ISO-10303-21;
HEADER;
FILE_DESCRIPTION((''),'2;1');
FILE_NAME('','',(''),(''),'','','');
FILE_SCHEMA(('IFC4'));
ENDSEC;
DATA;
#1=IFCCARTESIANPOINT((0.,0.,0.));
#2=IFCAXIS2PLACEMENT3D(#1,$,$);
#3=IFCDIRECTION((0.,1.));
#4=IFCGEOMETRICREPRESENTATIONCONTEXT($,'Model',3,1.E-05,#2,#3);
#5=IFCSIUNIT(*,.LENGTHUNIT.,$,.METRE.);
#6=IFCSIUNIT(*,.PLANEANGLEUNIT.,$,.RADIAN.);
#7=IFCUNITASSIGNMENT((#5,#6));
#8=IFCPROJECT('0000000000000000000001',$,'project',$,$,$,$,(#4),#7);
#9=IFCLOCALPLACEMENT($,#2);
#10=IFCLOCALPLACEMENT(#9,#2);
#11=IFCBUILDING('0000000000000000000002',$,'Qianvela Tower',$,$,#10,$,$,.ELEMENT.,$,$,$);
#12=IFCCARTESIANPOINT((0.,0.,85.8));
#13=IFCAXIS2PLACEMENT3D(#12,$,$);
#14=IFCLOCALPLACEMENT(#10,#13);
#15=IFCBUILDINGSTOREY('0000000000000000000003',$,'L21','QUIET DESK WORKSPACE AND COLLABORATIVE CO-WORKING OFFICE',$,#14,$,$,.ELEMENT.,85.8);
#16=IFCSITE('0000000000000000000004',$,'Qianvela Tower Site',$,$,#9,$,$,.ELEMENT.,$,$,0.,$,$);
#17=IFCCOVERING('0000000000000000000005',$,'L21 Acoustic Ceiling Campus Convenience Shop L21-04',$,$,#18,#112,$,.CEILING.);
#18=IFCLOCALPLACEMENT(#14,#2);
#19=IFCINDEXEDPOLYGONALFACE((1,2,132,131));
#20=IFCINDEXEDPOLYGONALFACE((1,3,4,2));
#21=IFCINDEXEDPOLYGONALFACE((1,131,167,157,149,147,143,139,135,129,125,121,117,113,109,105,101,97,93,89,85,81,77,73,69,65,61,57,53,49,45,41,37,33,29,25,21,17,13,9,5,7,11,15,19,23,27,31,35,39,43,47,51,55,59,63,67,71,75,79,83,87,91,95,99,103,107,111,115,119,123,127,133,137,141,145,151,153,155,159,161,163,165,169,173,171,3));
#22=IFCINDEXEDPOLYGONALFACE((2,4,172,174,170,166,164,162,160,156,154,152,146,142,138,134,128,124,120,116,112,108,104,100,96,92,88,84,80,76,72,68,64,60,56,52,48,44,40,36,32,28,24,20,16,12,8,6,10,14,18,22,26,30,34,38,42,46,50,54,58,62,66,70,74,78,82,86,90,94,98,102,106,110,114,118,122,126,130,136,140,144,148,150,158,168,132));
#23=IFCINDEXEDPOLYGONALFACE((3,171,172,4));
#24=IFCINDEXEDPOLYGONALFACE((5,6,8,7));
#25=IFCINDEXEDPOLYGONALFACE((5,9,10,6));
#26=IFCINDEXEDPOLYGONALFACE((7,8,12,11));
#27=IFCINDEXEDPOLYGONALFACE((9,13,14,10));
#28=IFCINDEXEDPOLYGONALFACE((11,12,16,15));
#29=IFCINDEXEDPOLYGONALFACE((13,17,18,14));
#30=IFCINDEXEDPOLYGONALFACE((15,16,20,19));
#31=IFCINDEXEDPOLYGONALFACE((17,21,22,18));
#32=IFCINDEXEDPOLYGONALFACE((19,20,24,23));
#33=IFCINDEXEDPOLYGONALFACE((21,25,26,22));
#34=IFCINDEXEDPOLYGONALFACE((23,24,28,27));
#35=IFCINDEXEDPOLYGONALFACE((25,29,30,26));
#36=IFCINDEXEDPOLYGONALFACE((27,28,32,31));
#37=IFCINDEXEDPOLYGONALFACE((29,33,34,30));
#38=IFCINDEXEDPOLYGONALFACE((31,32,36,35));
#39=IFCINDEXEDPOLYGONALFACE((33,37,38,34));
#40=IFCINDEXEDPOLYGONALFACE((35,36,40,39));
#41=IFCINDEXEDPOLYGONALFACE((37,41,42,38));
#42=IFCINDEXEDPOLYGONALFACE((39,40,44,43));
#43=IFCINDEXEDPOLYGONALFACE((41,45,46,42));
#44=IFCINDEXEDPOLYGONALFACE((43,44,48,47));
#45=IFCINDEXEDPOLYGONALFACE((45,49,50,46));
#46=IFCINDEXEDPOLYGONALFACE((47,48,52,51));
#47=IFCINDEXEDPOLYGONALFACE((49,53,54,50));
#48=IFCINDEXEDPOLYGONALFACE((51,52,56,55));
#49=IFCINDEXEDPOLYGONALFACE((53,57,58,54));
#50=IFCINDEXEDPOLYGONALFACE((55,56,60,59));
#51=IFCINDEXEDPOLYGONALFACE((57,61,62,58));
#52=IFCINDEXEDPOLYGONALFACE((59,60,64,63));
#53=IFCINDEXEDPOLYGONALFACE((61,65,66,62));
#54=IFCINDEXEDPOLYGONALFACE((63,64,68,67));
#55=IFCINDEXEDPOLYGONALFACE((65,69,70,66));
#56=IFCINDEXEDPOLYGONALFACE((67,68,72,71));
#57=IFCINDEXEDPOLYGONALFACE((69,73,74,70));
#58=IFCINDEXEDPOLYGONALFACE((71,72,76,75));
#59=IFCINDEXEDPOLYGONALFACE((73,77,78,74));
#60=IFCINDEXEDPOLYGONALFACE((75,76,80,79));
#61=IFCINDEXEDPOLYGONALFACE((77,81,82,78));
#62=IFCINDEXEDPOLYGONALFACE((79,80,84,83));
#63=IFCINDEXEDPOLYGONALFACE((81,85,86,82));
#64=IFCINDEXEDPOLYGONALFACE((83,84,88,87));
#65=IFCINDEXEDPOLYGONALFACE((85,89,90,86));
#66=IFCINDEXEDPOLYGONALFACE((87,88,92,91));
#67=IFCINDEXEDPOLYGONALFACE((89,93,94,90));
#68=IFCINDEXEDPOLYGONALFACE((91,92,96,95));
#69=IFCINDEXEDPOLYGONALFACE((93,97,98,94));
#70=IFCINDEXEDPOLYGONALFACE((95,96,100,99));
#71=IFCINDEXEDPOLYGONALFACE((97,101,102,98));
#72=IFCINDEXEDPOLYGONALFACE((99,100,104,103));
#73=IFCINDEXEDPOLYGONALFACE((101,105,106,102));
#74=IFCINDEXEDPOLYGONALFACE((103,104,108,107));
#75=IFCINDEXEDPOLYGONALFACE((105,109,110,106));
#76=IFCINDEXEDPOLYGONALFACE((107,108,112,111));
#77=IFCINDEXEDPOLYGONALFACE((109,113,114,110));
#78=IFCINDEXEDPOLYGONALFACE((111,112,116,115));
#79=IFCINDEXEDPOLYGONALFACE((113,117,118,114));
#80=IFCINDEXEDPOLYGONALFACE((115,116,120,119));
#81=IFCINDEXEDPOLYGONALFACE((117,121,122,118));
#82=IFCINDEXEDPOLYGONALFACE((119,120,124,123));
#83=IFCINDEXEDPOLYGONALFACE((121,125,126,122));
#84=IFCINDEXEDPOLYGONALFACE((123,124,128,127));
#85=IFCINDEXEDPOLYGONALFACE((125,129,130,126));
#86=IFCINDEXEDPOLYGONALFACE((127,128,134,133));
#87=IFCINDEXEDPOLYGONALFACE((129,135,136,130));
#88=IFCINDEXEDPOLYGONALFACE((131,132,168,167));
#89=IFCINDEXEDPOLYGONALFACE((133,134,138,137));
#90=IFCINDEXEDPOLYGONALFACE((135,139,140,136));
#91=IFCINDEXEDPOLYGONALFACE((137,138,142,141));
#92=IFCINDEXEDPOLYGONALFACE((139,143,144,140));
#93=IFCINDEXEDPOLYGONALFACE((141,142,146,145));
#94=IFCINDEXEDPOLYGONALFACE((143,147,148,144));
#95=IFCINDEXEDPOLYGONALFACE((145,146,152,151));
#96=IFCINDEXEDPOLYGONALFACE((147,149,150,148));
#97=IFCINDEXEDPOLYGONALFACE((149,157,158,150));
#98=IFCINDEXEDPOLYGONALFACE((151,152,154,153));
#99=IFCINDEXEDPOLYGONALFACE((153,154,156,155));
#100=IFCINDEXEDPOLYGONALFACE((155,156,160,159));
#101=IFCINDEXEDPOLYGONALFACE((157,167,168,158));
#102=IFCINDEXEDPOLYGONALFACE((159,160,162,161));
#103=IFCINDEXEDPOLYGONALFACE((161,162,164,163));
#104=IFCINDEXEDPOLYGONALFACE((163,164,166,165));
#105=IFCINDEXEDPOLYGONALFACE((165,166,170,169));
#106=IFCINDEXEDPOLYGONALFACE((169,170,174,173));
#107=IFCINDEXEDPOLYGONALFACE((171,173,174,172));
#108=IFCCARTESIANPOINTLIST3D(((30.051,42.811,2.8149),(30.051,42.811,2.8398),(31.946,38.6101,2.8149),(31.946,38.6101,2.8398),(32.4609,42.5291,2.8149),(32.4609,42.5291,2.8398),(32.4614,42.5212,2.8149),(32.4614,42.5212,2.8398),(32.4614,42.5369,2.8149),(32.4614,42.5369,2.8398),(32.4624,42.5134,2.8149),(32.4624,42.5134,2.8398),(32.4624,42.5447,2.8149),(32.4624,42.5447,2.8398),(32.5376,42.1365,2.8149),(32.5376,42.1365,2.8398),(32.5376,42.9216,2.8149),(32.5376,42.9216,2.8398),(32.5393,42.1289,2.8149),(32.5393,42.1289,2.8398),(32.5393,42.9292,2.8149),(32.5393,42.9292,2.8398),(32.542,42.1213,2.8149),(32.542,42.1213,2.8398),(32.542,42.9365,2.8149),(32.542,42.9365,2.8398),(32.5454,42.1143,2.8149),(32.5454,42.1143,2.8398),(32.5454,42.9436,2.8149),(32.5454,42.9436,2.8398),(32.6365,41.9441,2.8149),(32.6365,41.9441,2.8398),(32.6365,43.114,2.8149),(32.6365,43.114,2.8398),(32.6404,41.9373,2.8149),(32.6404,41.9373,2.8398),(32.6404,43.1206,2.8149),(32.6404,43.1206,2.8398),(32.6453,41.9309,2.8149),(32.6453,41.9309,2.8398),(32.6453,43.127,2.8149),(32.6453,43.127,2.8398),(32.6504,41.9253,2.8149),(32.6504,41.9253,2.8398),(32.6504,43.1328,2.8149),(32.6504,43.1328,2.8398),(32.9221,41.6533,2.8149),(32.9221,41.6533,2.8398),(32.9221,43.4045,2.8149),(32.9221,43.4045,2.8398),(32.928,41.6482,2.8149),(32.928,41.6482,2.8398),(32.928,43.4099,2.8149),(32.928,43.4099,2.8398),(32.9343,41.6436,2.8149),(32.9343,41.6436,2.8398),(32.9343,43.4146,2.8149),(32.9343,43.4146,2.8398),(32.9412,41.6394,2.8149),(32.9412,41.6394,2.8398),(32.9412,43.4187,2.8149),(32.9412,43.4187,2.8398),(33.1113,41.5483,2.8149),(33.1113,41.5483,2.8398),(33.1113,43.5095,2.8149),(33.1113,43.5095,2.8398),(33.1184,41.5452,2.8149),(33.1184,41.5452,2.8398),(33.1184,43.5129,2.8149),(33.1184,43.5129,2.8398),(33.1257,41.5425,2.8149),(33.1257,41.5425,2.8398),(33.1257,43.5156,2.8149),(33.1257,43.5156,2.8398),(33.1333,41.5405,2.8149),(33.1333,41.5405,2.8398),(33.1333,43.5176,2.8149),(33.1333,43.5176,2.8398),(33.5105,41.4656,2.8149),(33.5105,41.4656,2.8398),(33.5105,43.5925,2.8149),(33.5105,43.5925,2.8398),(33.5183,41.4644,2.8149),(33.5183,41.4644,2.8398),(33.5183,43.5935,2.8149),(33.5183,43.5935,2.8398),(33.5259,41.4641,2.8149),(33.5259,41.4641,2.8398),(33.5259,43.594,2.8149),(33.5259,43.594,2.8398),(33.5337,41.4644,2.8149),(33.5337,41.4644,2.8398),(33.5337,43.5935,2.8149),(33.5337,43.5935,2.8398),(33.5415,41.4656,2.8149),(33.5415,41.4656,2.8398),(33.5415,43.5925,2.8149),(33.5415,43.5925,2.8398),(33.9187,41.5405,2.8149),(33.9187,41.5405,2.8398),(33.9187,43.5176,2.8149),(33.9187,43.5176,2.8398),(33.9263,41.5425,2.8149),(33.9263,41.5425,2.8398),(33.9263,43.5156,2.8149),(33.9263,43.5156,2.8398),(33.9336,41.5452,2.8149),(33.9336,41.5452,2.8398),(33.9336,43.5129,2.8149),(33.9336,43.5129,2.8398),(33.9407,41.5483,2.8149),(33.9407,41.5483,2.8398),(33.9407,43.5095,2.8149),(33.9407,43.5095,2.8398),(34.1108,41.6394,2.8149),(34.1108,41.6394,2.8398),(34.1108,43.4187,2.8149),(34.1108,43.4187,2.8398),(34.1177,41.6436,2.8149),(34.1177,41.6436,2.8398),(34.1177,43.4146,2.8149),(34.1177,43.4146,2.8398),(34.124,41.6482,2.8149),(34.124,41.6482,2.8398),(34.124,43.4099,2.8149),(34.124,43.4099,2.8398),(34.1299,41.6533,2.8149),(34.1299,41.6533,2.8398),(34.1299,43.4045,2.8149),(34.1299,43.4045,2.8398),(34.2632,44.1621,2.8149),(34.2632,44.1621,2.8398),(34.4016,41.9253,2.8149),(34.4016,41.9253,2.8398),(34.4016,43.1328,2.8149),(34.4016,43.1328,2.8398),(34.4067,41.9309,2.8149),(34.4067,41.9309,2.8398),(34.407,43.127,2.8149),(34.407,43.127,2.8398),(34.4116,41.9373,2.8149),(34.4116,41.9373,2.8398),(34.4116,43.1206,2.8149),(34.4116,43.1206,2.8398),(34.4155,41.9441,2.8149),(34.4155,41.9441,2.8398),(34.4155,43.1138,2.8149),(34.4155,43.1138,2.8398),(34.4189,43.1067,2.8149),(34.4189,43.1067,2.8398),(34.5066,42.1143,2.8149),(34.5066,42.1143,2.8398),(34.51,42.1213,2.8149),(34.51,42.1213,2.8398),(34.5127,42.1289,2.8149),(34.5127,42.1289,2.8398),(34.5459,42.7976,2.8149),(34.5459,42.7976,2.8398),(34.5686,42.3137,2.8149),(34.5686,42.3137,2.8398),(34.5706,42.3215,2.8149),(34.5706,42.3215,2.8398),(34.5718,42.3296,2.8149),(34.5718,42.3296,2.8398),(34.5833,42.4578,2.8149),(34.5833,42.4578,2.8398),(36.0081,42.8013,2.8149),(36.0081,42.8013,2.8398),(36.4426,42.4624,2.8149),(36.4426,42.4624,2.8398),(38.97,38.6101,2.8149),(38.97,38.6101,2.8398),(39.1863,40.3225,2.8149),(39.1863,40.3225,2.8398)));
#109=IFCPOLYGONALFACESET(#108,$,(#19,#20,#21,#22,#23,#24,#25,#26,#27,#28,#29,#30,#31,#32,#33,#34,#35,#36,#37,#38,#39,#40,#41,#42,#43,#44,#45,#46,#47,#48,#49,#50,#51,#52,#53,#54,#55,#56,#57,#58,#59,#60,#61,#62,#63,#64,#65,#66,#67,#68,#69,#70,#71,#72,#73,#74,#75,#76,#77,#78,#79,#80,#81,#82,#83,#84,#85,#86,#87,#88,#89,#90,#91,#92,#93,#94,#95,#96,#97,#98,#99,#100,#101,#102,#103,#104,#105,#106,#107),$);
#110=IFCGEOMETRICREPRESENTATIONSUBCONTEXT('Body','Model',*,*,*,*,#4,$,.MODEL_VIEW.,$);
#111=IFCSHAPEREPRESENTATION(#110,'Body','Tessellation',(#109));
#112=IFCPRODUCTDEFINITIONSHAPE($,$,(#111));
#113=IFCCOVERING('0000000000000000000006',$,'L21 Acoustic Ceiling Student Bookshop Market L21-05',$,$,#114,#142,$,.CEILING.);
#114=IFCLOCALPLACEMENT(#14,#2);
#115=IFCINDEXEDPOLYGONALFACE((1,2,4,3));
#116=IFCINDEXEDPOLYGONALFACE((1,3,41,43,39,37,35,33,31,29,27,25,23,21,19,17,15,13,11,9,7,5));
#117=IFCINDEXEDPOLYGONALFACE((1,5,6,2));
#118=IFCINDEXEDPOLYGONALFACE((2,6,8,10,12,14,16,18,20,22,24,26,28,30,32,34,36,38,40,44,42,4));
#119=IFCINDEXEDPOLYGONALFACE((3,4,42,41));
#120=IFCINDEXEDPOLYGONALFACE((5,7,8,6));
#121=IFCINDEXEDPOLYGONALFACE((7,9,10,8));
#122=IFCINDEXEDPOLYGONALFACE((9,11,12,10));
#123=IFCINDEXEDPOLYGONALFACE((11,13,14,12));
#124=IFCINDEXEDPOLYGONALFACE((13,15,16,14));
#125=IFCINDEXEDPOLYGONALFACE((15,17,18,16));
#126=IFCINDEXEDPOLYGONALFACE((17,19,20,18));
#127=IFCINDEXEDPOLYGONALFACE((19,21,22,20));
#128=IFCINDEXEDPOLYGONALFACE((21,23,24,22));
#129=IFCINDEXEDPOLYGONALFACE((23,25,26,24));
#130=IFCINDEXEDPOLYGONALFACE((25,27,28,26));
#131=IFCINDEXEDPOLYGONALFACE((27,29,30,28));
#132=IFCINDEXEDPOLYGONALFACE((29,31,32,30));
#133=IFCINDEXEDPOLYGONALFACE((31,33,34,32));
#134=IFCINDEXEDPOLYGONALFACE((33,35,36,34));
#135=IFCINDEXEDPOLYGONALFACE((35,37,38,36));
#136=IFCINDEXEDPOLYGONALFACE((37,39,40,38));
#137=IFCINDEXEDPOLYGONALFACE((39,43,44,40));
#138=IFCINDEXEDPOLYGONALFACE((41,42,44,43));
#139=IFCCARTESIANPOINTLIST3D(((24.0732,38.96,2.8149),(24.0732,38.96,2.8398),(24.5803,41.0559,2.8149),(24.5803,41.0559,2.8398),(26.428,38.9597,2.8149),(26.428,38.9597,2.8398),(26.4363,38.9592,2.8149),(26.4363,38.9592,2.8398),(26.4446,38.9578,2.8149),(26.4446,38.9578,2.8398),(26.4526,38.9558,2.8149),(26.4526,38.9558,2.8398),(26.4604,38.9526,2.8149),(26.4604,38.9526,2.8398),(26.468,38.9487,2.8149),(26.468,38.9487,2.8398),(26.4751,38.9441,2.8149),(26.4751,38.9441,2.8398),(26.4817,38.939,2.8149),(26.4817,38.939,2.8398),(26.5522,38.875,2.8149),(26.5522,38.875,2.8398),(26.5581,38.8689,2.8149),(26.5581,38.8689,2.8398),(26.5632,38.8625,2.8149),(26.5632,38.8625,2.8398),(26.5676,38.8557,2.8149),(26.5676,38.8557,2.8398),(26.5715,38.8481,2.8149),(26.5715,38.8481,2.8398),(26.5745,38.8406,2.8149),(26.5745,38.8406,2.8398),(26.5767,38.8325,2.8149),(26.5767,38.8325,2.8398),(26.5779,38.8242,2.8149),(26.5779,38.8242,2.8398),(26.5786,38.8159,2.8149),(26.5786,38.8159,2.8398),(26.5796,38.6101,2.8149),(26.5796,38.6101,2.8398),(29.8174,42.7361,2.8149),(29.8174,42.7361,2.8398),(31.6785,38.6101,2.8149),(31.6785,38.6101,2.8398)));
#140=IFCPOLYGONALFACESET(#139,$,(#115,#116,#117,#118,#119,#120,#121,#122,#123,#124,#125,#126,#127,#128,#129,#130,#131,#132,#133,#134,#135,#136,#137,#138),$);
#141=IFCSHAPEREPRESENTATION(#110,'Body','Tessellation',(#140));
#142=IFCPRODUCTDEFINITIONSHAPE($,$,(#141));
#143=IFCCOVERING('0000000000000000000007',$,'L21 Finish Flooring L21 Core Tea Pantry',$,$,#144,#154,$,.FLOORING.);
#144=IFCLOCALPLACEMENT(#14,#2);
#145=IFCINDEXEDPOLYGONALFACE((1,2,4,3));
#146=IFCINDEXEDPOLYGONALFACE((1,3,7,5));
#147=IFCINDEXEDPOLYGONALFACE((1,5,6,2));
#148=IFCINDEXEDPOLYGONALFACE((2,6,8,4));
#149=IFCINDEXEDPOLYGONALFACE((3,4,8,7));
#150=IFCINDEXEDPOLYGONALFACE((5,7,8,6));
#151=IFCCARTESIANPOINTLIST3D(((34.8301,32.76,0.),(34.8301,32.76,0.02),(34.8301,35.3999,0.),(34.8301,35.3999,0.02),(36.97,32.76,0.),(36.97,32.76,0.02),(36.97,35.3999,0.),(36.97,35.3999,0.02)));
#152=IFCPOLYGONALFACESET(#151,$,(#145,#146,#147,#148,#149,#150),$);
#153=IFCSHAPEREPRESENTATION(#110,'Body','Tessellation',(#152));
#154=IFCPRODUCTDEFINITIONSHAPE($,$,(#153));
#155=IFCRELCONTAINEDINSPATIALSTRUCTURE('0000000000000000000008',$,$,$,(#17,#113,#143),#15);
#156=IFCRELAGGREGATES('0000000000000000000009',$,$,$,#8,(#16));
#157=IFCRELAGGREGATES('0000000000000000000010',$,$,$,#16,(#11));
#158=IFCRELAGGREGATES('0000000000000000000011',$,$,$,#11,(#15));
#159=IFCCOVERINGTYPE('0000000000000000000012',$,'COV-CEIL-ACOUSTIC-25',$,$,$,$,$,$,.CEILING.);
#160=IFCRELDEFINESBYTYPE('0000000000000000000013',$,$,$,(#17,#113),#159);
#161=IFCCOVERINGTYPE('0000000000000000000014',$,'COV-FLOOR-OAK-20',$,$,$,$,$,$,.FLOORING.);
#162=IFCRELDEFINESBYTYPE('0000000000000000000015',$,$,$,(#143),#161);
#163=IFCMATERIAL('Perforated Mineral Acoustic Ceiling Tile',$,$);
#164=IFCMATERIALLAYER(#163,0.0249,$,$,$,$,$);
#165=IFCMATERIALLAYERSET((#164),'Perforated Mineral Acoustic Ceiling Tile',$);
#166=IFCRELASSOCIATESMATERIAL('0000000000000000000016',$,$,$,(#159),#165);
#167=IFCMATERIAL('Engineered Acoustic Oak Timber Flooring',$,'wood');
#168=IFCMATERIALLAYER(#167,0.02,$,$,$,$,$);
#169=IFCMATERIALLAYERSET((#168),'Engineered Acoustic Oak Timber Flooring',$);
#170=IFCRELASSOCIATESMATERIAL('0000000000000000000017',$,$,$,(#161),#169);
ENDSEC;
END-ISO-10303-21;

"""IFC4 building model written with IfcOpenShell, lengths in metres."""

from ifc_helpers import new_model, si_unit, direction, frame, origin, place, context, subcontext, project, spatial, polyline, outline, extrude, material, layer, layer_set, type_object, element, save


model = new_model("IFC4")

# Units and contexts
model_context = context("Model", 3, precision=1e-05, world=origin(), true_north=direction((0.0, 1.0)))
body_context = subcontext(model_context, "Body", "Model", "MODEL_VIEW")
ifc_project = project(units=[si_unit("LENGTHUNIT", "METRE"), si_unit("PLANEANGLEUNIT", "RADIAN")], contexts=[model_context])

# Site, building, storey
site_placement = place(None, origin())
site = spatial("IfcSite", under=ifc_project, at=site_placement, Name="Qianvela Tower Site", CompositionType="ELEMENT", RefElevation=0.0)
building_placement = place(site_placement, origin())
building = spatial("IfcBuilding", under=site, at=building_placement, Name="Qianvela Tower", CompositionType="ELEMENT")
storey_placement = place(building_placement, frame((0.0, 0.0, 85.8)))
storey = spatial("IfcBuildingStorey", under=building, at=storey_placement, Name="L21", Description="QUIET DESK WORKSPACE AND COLLABORATIVE CO-WORKING OFFICE", CompositionType="ELEMENT", Elevation=85.8)

# Coverings
ifc_material_1 = material(Name="Perforated Mineral Acoustic Ceiling Tile")
ifc_layer_1 = layer(ifc_material_1, 0.0249)
ifc_layer_set_1 = layer_set([ifc_layer_1], Name="Perforated Mineral Acoustic Ceiling Tile")
covering_type_1 = type_object("IfcCoveringType", Name="COV-CEIL-ACOUSTIC-25", PredefinedType="CEILING", material=ifc_layer_set_1)
covering_1_placement = place(storey_placement, frame((0.0, 0.0, 2.8149)))
element("IfcCovering", 1, at=covering_1_placement, inside=storey, type_object=covering_type_1, Name="L21 Acoustic Ceiling Campus Convenience Shop L21-04", PredefinedType="CEILING", context=body_context, shape_type="SweptSolid", body=[
    extrude(outline(polyline([(31.946, 38.6101), (30.051, 42.811), (34.2632, 44.1621), (36.0081, 42.8013), (34.5459, 42.7976), (34.4189, 43.1067), (34.4155, 43.1138), (34.4116, 43.1206), (34.407, 43.127), (34.4016, 43.1328), (34.1299, 43.4045), (34.124, 43.4099), (34.1177, 43.4146), (34.1108, 43.4187), (33.9407, 43.5095), (33.9336, 43.5129), (33.9263, 43.5156), (33.9187, 43.5176), (33.5415, 43.5925), (33.5337, 43.5935), (33.5259, 43.594), (33.5183, 43.5935), (33.5105, 43.5925), (33.1333, 43.5176), (33.1257, 43.5156), (33.1184, 43.5129), (33.1113, 43.5095), (32.9412, 43.4187), (32.9343, 43.4146), (32.928, 43.4099), (32.9221, 43.4045), (32.6504, 43.1328), (32.6453, 43.127), (32.6404, 43.1206), (32.6365, 43.114), (32.5454, 42.9436), (32.542, 42.9365), (32.5393, 42.9292), (32.5376, 42.9216), (32.4624, 42.5447), (32.4614, 42.5369), (32.4609, 42.5291), (32.4614, 42.5212), (32.4624, 42.5134), (32.5376, 42.1365), (32.5393, 42.1289), (32.542, 42.1213), (32.5454, 42.1143), (32.6365, 41.9441), (32.6404, 41.9373), (32.6453, 41.9309), (32.6504, 41.9253), (32.9221, 41.6533), (32.928, 41.6482), (32.9343, 41.6436), (32.9412, 41.6394), (33.1113, 41.5483), (33.1184, 41.5452), (33.1257, 41.5425), (33.1333, 41.5405), (33.5105, 41.4656), (33.5183, 41.4644), (33.5259, 41.4641), (33.5337, 41.4644), (33.5415, 41.4656), (33.9187, 41.5405), (33.9263, 41.5425), (33.9336, 41.5452), (33.9407, 41.5483), (34.1108, 41.6394), (34.1177, 41.6436), (34.124, 41.6482), (34.1299, 41.6533), (34.4016, 41.9253), (34.4067, 41.9309), (34.4116, 41.9373), (34.4155, 41.9441), (34.5066, 42.1143), (34.51, 42.1213), (34.5127, 42.1289), (34.5686, 42.3137), (34.5706, 42.3215), (34.5718, 42.3296), (34.5833, 42.4578), (36.4426, 42.4624), (39.1863, 40.3225), (38.97, 38.6101), (31.946, 38.6101)])), origin(), (0.0, 0.0, 1.0), 0.0249),
])
covering_2_placement = place(storey_placement, frame((0.0, 0.0, 2.8149)))
element("IfcCovering", 2, at=covering_2_placement, inside=storey, type_object=covering_type_1, Name="L21 Acoustic Ceiling Student Bookshop Market L21-05", PredefinedType="CEILING", context=body_context, shape_type="SweptSolid", body=[
    extrude(outline(polyline([(31.6785, 38.6101), (26.5796, 38.6101), (26.5786, 38.8159), (26.5779, 38.8242), (26.5767, 38.8325), (26.5745, 38.8406), (26.5715, 38.8481), (26.5676, 38.8557), (26.5632, 38.8625), (26.5581, 38.8689), (26.5522, 38.875), (26.4817, 38.939), (26.4751, 38.9441), (26.468, 38.9487), (26.4604, 38.9526), (26.4526, 38.9558), (26.4446, 38.9578), (26.4363, 38.9592), (26.428, 38.9597), (24.0732, 38.96), (24.5803, 41.0559), (29.8174, 42.7361), (31.6785, 38.6101)])), origin(), (0.0, 0.0, 1.0), 0.0249),
])
ifc_material_2 = material(Name="Engineered Acoustic Oak Timber Flooring", Category="wood")
ifc_layer_2 = layer(ifc_material_2, 0.02)
ifc_layer_set_2 = layer_set([ifc_layer_2], Name="Engineered Acoustic Oak Timber Flooring")
covering_type_2 = type_object("IfcCoveringType", Name="COV-FLOOR-OAK-20", PredefinedType="FLOORING", material=ifc_layer_set_2)
covering_3_placement = place(storey_placement, origin())
element("IfcCovering", 3, at=covering_3_placement, inside=storey, type_object=covering_type_2, Name="L21 Finish Flooring L21 Core Tea Pantry", PredefinedType="FLOORING", context=body_context, shape_type="SweptSolid", body=[
    extrude(outline(polyline([(36.97, 32.76), (34.8301, 32.76), (34.8301, 35.3999), (36.97, 35.3999), (36.97, 32.76)])), origin(), (0.0, 0.0, 1.0), 0.02),
])

save(model, "model.ifc")
